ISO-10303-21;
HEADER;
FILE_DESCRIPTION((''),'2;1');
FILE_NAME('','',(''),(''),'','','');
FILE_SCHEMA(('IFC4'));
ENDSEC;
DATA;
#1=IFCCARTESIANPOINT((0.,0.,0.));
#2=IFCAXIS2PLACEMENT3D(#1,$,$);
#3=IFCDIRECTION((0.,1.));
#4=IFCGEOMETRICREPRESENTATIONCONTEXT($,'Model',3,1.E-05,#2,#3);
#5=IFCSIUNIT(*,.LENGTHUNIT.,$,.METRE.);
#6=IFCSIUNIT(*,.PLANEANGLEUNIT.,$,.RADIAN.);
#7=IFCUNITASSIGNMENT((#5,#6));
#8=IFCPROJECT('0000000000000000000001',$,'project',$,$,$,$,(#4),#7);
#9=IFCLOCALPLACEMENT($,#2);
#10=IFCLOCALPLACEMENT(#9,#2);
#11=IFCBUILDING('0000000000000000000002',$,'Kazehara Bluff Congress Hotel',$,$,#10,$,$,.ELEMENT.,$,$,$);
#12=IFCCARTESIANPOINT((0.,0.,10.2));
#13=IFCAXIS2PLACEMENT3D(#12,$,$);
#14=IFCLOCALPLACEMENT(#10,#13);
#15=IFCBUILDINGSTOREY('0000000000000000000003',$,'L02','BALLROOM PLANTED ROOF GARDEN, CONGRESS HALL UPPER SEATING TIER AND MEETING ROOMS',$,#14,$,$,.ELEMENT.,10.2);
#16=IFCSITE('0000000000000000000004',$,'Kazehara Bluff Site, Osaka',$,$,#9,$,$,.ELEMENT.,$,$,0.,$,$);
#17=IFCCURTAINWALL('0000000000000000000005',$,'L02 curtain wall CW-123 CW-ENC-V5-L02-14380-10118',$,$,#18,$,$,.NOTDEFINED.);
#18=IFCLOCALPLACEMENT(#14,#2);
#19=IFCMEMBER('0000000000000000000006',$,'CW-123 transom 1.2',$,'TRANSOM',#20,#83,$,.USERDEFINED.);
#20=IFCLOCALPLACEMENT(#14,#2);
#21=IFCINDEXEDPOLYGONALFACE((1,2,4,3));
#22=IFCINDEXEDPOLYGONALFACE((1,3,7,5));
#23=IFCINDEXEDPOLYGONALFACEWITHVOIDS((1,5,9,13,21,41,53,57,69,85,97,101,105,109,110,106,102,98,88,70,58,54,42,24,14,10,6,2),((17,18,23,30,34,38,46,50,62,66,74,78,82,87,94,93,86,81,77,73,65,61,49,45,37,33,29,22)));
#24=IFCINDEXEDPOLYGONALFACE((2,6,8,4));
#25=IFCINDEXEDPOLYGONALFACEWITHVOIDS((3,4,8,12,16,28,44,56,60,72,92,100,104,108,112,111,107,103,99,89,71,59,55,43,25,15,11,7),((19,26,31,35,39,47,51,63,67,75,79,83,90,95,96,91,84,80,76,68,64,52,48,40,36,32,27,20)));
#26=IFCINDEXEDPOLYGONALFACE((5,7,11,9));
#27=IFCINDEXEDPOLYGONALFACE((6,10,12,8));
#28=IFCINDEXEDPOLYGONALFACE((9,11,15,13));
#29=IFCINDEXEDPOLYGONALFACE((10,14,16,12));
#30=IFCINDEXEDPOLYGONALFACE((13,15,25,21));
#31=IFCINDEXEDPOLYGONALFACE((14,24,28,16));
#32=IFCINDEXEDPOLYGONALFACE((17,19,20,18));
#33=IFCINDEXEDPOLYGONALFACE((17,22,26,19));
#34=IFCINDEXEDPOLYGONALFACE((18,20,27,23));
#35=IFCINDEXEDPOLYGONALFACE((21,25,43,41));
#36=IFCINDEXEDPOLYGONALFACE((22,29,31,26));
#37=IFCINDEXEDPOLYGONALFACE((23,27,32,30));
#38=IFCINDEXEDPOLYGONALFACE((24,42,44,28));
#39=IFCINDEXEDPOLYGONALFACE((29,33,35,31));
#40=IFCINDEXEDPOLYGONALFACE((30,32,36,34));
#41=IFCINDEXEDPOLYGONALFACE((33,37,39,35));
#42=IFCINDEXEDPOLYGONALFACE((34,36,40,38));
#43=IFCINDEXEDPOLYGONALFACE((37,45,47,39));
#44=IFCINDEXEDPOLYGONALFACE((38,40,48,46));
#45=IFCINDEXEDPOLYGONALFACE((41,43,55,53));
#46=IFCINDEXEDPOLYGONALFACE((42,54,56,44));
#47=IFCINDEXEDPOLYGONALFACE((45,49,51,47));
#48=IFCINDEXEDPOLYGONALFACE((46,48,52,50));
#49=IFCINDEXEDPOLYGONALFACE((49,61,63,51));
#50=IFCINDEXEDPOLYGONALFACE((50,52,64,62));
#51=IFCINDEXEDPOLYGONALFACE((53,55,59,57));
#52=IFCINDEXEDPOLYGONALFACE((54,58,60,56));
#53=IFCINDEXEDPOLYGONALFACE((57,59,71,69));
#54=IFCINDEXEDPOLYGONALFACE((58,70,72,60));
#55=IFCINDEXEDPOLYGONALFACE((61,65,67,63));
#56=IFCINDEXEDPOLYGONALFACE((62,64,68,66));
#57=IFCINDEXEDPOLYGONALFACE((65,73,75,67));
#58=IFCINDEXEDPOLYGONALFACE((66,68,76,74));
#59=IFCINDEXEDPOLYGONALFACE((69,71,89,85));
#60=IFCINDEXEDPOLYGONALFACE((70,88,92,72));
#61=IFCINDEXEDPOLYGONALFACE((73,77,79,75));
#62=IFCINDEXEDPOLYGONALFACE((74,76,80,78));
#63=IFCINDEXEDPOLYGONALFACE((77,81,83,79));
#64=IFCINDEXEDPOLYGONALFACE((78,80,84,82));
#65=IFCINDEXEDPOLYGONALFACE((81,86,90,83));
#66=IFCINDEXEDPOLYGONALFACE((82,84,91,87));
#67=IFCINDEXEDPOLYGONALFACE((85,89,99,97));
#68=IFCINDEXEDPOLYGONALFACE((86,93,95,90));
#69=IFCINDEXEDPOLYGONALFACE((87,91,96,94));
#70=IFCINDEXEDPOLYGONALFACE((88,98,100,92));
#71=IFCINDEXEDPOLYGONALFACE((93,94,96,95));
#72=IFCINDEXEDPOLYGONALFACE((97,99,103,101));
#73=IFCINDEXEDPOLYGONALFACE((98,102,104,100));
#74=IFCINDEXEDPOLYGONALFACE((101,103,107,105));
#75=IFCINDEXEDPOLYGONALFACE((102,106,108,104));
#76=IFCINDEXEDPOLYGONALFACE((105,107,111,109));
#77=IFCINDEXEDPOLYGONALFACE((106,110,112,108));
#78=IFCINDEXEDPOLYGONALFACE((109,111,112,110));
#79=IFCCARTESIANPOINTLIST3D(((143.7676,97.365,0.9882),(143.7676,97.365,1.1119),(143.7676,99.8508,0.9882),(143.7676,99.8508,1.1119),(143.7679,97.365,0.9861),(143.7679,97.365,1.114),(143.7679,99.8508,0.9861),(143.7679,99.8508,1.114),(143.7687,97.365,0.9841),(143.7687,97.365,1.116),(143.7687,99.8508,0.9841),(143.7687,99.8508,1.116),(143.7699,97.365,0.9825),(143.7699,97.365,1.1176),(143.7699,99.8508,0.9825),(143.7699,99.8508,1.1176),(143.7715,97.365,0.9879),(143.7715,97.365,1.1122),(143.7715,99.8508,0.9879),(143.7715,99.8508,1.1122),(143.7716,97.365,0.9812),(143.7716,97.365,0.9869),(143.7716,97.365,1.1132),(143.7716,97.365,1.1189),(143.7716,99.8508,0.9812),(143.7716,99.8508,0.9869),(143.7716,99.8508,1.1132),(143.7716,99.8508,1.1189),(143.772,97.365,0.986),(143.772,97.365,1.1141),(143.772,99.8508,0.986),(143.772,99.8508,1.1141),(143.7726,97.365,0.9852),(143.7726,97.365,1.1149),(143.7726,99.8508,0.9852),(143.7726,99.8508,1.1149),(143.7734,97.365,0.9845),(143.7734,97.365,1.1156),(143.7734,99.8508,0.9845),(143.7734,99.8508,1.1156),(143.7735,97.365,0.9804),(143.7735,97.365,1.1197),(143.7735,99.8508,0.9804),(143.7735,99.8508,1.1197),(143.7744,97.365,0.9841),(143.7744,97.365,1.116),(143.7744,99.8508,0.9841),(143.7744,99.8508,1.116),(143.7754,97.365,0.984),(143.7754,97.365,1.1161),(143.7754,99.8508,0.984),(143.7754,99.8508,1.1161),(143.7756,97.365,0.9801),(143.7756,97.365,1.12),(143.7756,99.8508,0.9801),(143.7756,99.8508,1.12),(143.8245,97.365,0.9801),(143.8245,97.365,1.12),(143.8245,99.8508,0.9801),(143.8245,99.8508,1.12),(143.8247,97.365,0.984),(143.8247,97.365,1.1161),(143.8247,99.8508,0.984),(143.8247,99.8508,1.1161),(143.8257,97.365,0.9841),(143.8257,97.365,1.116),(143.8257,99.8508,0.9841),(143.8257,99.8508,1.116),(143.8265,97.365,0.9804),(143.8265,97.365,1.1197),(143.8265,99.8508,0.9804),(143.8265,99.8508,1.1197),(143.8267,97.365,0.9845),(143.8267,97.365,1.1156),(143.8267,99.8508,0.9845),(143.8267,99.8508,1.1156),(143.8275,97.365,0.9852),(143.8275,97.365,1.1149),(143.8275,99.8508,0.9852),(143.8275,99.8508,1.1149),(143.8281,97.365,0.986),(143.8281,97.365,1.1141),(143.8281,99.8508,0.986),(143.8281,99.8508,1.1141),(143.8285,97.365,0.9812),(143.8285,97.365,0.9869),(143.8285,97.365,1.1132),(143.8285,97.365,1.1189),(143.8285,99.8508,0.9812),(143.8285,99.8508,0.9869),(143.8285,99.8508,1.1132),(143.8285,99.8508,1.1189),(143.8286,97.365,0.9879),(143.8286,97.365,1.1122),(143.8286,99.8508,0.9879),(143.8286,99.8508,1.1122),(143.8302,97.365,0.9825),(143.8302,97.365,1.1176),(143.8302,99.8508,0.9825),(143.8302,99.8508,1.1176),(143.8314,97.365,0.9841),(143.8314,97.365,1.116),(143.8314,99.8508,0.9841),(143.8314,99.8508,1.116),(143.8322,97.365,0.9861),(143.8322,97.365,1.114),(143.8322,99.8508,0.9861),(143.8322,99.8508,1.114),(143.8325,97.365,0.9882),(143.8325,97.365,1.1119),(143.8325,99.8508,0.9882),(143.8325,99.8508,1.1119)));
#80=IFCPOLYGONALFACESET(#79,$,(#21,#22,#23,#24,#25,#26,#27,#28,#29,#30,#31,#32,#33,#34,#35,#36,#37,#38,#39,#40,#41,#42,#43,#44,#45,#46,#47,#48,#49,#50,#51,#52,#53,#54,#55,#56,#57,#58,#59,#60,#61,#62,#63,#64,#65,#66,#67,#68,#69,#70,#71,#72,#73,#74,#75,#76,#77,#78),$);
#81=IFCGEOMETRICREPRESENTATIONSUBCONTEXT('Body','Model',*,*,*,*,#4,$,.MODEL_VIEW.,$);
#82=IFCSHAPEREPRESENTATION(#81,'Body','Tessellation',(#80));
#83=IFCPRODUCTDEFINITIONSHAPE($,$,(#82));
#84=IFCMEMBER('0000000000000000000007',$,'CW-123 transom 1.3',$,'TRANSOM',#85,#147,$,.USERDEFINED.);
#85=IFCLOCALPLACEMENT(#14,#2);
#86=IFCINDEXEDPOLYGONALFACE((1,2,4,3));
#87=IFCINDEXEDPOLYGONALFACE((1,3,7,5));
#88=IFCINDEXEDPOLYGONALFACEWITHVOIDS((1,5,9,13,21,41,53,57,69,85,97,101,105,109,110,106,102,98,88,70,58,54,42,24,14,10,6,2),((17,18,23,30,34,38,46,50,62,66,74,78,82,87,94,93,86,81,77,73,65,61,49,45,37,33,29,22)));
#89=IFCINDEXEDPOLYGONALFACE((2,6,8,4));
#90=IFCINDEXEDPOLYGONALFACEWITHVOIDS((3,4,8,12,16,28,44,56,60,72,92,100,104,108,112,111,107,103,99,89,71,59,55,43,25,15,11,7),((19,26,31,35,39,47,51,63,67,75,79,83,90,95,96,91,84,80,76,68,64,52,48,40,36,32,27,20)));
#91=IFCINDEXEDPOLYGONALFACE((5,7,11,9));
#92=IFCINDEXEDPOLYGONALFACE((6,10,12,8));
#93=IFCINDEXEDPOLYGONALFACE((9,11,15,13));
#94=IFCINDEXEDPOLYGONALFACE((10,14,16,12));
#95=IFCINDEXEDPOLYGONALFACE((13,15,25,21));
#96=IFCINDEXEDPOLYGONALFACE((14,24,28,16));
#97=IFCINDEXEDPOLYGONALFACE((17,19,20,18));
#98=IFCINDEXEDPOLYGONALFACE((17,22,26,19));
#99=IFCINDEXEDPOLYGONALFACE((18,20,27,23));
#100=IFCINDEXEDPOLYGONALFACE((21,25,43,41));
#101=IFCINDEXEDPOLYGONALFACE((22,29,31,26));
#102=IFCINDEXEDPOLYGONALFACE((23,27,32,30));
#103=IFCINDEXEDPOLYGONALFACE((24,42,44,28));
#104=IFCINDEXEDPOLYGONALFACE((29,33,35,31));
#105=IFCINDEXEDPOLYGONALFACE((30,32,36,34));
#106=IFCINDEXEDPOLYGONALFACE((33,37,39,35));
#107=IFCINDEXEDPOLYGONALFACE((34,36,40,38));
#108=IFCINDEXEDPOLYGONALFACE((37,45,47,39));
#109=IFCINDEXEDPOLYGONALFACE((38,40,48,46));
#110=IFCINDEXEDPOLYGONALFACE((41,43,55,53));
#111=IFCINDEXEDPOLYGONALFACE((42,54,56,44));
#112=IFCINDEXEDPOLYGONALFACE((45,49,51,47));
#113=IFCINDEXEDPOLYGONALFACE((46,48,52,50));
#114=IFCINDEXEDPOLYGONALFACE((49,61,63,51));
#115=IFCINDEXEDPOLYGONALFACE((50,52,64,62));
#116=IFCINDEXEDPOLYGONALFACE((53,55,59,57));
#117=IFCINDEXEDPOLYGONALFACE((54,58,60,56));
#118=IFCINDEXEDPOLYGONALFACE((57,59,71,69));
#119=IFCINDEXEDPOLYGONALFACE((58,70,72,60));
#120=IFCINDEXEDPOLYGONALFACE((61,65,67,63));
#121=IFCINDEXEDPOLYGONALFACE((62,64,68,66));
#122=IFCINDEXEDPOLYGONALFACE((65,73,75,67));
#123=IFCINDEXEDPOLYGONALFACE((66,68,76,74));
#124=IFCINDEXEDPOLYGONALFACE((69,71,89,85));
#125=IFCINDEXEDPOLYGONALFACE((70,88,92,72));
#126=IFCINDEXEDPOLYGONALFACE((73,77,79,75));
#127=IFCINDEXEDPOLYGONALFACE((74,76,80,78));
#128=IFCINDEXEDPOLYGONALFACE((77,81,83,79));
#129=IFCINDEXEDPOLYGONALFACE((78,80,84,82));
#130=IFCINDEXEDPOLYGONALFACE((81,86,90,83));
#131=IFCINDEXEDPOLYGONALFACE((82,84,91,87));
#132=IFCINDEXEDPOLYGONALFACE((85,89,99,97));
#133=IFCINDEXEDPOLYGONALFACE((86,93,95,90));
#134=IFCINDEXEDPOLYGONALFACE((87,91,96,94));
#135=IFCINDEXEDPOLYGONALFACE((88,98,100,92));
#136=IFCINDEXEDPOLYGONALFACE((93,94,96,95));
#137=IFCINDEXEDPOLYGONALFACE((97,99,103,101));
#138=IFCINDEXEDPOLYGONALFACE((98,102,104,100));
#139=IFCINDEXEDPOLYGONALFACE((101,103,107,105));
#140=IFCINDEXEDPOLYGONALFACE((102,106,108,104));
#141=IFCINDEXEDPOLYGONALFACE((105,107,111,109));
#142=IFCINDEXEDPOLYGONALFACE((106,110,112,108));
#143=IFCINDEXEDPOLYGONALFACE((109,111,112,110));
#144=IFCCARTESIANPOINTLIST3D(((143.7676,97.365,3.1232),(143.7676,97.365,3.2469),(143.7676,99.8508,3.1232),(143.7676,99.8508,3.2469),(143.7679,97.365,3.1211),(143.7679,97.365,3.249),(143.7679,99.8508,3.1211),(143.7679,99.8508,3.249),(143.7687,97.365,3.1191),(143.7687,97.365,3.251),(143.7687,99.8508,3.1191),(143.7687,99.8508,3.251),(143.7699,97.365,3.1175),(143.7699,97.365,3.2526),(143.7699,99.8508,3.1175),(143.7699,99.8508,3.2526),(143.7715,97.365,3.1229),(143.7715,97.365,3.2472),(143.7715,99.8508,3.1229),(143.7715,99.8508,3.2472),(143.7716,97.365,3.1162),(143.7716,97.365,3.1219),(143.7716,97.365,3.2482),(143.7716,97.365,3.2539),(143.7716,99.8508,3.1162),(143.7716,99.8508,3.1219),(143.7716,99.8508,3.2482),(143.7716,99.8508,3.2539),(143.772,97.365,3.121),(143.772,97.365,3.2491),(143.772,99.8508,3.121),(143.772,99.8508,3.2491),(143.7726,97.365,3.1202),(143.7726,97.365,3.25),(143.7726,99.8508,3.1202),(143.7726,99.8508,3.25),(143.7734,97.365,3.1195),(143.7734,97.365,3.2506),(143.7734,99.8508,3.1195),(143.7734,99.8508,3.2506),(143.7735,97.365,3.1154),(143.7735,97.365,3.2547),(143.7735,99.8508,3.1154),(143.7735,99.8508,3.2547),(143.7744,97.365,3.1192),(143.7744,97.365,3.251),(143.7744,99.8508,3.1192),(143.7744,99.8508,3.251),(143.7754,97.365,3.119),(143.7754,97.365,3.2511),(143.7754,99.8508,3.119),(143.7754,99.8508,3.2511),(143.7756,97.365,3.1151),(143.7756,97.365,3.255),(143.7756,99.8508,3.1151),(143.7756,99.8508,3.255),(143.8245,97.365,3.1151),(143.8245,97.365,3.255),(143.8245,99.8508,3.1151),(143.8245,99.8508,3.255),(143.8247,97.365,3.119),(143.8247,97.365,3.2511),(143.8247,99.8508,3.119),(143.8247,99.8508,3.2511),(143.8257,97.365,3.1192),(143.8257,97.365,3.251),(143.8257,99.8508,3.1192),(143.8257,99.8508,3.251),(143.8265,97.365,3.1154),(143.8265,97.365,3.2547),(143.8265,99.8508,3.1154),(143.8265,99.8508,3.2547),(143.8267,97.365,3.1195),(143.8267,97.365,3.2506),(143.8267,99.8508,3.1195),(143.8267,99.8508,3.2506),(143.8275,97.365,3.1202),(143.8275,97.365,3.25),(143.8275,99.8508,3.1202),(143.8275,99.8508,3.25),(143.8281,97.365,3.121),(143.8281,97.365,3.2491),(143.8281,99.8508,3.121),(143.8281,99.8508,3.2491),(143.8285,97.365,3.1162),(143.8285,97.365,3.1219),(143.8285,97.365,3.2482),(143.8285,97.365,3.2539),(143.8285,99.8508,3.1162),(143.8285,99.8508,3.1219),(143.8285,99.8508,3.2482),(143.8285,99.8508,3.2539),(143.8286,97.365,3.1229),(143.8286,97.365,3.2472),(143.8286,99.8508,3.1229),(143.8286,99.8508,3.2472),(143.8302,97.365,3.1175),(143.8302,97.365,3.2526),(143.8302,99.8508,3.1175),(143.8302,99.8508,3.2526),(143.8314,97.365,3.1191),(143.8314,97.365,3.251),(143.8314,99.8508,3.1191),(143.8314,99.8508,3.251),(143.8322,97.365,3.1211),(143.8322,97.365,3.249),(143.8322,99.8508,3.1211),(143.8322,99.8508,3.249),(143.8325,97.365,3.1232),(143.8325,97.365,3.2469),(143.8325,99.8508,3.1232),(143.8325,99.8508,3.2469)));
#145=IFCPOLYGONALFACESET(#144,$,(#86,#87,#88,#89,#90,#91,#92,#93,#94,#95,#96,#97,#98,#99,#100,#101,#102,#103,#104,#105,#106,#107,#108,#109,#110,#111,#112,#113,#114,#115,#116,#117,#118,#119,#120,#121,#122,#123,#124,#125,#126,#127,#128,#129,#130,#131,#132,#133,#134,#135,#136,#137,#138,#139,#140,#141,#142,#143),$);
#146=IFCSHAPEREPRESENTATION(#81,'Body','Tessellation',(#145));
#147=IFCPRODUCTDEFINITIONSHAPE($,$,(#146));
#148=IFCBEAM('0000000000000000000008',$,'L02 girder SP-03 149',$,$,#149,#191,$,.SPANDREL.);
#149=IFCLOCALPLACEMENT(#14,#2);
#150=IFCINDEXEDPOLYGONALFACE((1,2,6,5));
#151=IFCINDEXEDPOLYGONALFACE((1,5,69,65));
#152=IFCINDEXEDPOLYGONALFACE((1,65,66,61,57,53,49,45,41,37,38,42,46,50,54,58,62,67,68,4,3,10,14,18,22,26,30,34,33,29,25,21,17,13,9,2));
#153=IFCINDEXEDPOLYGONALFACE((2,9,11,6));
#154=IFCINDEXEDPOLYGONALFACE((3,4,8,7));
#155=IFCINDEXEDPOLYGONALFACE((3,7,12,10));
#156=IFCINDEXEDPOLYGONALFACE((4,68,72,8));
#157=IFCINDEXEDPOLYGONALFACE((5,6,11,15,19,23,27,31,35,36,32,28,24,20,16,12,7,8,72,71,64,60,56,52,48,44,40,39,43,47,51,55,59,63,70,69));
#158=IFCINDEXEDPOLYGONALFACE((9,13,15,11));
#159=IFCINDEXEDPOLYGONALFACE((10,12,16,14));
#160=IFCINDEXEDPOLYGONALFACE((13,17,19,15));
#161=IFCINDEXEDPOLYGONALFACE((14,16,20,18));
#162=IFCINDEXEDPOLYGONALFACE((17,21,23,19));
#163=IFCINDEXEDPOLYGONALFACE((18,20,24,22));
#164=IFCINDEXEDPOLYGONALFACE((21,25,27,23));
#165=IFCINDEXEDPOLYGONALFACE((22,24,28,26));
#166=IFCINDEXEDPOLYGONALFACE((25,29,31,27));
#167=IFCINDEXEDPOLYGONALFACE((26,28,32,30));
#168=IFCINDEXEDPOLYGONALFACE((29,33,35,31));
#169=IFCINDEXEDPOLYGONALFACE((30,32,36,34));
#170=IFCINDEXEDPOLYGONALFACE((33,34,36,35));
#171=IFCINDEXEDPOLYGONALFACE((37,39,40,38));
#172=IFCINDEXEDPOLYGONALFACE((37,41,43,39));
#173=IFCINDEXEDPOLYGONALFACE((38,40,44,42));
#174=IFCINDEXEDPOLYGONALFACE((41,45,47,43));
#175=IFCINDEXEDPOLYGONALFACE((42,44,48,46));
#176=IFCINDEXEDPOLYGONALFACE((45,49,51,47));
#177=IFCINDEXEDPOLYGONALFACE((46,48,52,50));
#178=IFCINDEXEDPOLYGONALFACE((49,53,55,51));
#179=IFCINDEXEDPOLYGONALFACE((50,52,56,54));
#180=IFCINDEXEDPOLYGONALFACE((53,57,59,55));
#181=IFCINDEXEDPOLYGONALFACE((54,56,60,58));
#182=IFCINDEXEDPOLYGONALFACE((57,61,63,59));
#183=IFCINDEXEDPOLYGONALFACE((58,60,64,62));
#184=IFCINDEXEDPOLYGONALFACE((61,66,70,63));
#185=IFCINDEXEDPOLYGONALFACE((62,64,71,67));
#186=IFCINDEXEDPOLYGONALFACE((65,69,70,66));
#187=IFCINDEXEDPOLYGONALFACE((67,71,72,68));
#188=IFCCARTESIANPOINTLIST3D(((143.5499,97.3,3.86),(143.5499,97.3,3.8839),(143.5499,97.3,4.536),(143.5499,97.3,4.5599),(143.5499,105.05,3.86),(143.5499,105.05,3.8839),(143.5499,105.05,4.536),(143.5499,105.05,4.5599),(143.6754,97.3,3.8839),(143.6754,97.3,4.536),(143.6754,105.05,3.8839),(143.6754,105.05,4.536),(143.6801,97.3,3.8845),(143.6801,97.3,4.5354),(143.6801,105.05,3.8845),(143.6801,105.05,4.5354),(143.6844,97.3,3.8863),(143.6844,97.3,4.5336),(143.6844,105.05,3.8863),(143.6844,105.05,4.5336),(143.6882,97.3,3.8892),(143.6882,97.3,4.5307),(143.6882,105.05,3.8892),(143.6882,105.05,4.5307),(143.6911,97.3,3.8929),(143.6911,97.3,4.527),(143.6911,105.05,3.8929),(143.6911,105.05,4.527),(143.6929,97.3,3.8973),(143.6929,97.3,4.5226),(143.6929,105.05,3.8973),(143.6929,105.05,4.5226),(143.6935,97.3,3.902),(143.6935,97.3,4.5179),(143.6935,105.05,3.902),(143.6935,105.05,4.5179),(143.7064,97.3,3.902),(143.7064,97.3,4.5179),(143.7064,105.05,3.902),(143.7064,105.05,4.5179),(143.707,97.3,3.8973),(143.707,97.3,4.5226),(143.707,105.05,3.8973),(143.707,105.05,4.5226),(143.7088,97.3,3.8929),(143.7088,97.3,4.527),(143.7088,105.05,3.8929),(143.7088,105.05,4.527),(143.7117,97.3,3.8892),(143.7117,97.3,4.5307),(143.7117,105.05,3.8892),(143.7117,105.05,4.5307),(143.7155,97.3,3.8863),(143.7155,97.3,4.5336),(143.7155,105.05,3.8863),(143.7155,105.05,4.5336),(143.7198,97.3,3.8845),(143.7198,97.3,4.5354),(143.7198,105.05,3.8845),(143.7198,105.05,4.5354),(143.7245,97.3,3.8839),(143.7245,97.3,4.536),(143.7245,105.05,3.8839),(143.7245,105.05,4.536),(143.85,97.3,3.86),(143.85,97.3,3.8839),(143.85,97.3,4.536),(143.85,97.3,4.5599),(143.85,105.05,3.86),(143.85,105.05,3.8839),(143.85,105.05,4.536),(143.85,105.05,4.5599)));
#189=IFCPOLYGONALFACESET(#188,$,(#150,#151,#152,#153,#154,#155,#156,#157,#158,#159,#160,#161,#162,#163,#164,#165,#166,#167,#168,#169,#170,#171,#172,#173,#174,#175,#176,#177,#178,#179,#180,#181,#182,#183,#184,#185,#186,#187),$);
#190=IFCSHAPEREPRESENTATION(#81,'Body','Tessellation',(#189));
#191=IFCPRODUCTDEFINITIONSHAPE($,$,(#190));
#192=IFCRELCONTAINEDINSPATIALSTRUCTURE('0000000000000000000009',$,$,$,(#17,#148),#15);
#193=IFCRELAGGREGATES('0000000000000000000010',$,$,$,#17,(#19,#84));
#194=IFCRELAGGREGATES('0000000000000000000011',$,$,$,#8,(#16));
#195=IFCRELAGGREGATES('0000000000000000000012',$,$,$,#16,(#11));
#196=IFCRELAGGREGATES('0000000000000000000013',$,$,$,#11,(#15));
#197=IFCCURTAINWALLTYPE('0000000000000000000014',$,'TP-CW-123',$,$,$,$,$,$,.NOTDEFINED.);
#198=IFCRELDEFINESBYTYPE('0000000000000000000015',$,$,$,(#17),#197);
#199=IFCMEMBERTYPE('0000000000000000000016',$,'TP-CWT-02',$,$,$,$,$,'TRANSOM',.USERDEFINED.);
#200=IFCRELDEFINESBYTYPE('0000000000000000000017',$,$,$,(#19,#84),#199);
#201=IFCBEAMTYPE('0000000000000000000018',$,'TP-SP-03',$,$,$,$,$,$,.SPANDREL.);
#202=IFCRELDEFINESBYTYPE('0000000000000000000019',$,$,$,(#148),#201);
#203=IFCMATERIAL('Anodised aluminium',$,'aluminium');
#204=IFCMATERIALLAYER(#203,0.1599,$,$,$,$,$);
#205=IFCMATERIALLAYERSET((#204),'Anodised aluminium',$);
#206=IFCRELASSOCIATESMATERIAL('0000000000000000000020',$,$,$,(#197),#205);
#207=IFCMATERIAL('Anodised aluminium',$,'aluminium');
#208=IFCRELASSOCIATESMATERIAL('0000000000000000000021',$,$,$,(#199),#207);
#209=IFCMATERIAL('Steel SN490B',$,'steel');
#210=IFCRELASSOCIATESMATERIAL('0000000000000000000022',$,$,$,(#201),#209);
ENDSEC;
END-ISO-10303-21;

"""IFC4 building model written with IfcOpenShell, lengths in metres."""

from ifc_helpers import new_model, si_unit, direction, frame, origin, origin_2d, place, context, subcontext, project, spatial, hollow_rectangle, i_section, extrude, material, layer, layer_set, material_profile, profile_set, type_object, element, aggregate, save


model = new_model("IFC4")

# Units and contexts
model_context = context("Model", 3, precision=1e-05, world=origin(), true_north=direction((0.0, 1.0)))
body_context = subcontext(model_context, "Body", "Model", "MODEL_VIEW")
ifc_project = project(units=[si_unit("LENGTHUNIT", "METRE"), si_unit("PLANEANGLEUNIT", "RADIAN")], contexts=[model_context])

# Site, building, storey
site_placement = place(None, origin())
site = spatial("IfcSite", under=ifc_project, at=site_placement, Name="Kazehara Bluff Site, Osaka", CompositionType="ELEMENT", RefElevation=0.0)
building_placement = place(site_placement, origin())
building = spatial("IfcBuilding", under=site, at=building_placement, Name="Kazehara Bluff Congress Hotel", CompositionType="ELEMENT")
storey_placement = place(building_placement, frame((0.0, 0.0, 10.2)))
storey = spatial("IfcBuildingStorey", under=building, at=storey_placement, Name="L02", Description="BALLROOM PLANTED ROOF GARDEN, CONGRESS HALL UPPER SEATING TIER AND MEETING ROOMS", CompositionType="ELEMENT", Elevation=10.2)

# Curtain wall
ifc_material_1 = material(Name="Anodised aluminium", Category="aluminium")
ifc_layer_1 = layer(ifc_material_1, 0.1599)
ifc_layer_set_1 = layer_set([ifc_layer_1], Name="Anodised aluminium")
curtain_wall_type_1 = type_object("IfcCurtainWallType", Name="TP-CW-123", PredefinedType="NOTDEFINED", material=ifc_layer_set_1)
curtain_wall_1_placement = place(storey_placement, origin())
curtain_wall_1 = element("IfcCurtainWall", 1, at=curtain_wall_1_placement, inside=storey, type_object=curtain_wall_type_1, Name="L02 curtain wall CW-123 CW-ENC-V5-L02-14380-10118", PredefinedType="NOTDEFINED")

# Members
ifc_material_2 = material(Name="Anodised aluminium", Category="aluminium")
ifc_material_profile_1 = material_profile(ifc_material_2, hollow_rectangle(XDim=0.0649, YDim=0.1399, WallThickness=0.0039, InnerFilletRadius=0.0039, OuterFilletRadius=0.0081, at=origin_2d()))
ifc_profile_set_1 = profile_set([ifc_material_profile_1], Name="Anodised aluminium")
member_type_1 = type_object("IfcMemberType", Name="TP-CWT-02", ElementType="TRANSOM", PredefinedType="USERDEFINED", material=ifc_profile_set_1)
member_1_placement = place(storey_placement, frame((143.8, 97.365, 1.05), z_axis=(0.0, 1.0, 0.0), x_axis=(-1.0, 0.0, 0.0)))
member_1 = element("IfcMember", 2, at=member_1_placement, type_object=member_type_1, Name="CW-123 transom 1.2", ObjectType="TRANSOM", PredefinedType="USERDEFINED", context=body_context, shape_type="SweptSolid", body=[
    extrude(hollow_rectangle(XDim=0.0649, YDim=0.1399, WallThickness=0.0039, InnerFilletRadius=0.0039, OuterFilletRadius=0.0081, at=origin_2d()), origin(), (0.0, 0.0, 1.0), 2.4858),
])
member_2_placement = place(storey_placement, frame((143.8, 97.365, 3.1851), z_axis=(0.0, 1.0, 0.0), x_axis=(-1.0, 0.0, 0.0)))
member_2 = element("IfcMember", 3, at=member_2_placement, type_object=member_type_1, Name="CW-123 transom 1.3", ObjectType="TRANSOM", PredefinedType="USERDEFINED", context=body_context, shape_type="SweptSolid", body=[
    extrude(hollow_rectangle(XDim=0.0649, YDim=0.1399, WallThickness=0.0039, InnerFilletRadius=0.0039, OuterFilletRadius=0.0081, at=origin_2d()), origin(), (0.0, 0.0, 1.0), 2.4858),
])
aggregate(curtain_wall_1, [member_1, member_2])

# Beam
ifc_material_3 = material(Name="Steel SN490B", Category="steel")
ifc_material_profile_2 = material_profile(ifc_material_3, i_section(OverallWidth=0.3, OverallDepth=0.7, WebThickness=0.0129, FlangeThickness=0.0239, FilletRadius=0.0181, at=origin_2d()))
ifc_profile_set_2 = profile_set([ifc_material_profile_2], Name="Steel SN490B")
beam_type = type_object("IfcBeamType", Name="TP-SP-03", PredefinedType="SPANDREL", material=ifc_profile_set_2)
beam_placement = place(storey_placement, frame((143.7, 97.3, 4.21), z_axis=(0.0, 1.0, 0.0), x_axis=(-1.0, 0.0, 0.0)))
element("IfcBeam", 4, at=beam_placement, inside=storey, type_object=beam_type, Name="L02 girder SP-03 149", PredefinedType="SPANDREL", context=body_context, shape_type="SweptSolid", body=[
    extrude(i_section(OverallWidth=0.3, OverallDepth=0.7, WebThickness=0.0129, FlangeThickness=0.0239, FilletRadius=0.0181, at=origin_2d()), origin(), (0.0, 0.0, 1.0), 7.75),
])

save(model, "model.ifc")
